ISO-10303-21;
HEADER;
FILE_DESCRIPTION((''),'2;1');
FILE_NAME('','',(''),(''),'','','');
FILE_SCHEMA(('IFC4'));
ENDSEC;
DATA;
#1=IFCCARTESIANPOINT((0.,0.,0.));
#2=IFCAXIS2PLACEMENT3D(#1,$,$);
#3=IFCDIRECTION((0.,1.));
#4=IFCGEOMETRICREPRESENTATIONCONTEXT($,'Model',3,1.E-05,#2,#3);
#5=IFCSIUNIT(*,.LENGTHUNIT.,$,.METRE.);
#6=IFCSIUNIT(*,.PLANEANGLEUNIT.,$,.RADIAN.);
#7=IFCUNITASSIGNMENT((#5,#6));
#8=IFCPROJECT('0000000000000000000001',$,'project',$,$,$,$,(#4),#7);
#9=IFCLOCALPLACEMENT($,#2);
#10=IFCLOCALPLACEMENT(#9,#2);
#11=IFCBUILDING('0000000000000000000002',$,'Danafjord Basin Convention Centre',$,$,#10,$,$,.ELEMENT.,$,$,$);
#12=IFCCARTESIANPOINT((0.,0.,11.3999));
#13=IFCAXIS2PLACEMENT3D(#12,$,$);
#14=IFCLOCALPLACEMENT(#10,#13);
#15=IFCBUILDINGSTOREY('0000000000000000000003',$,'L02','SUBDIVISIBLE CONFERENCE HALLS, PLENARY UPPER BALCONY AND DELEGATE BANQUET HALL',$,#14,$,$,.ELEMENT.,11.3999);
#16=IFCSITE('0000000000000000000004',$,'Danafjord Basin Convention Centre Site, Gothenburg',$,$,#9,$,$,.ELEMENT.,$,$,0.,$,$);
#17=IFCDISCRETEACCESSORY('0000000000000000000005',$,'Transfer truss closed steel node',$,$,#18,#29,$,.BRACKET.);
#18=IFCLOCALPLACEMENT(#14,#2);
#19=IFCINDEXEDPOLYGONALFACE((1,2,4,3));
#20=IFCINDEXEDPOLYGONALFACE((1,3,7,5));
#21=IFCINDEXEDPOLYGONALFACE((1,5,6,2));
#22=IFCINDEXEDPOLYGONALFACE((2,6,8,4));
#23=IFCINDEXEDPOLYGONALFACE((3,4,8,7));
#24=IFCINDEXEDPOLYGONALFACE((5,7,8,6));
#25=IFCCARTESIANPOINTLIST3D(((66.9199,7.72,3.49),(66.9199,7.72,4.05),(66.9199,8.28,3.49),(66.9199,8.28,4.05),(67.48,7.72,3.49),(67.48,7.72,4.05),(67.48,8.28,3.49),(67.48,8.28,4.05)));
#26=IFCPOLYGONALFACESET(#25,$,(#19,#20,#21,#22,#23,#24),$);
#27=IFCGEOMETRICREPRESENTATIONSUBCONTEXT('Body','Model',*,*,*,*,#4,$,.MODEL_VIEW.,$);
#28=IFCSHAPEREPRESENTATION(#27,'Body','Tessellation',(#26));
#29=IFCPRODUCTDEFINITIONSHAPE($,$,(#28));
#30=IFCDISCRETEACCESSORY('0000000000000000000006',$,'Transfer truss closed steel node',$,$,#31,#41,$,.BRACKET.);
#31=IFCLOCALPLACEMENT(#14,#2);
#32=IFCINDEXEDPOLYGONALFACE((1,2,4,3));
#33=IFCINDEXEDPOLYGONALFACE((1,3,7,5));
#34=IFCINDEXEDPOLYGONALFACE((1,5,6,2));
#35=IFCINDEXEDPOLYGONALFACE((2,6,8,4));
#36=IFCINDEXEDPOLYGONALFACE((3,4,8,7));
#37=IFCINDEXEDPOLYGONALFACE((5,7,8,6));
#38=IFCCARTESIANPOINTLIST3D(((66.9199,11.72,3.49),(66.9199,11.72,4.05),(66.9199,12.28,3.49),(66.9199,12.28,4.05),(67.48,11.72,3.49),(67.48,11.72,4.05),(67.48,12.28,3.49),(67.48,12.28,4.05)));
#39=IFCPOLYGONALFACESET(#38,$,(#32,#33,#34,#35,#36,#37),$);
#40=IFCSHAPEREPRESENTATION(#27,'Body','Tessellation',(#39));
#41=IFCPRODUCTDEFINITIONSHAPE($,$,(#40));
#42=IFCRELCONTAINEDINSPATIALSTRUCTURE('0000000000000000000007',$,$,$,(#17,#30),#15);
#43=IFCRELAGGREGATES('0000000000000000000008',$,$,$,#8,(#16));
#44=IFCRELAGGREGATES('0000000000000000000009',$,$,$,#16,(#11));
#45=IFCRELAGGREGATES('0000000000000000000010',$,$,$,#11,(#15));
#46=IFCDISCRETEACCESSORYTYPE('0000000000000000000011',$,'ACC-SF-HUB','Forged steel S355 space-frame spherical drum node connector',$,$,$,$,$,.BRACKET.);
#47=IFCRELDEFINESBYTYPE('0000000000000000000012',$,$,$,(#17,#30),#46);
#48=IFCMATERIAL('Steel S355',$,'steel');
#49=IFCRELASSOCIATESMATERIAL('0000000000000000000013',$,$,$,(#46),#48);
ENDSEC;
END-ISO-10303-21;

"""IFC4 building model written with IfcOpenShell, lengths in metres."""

from ifc_helpers import new_model, si_unit, direction, frame, origin, origin_2d, place, context, subcontext, project, spatial, rectangle, extrude, material, type_object, element, save


model = new_model("IFC4")

# Units and contexts
model_context = context("Model", 3, precision=1e-05, world=origin(), true_north=direction((0.0, 1.0)))
body_context = subcontext(model_context, "Body", "Model", "MODEL_VIEW")
ifc_project = project(units=[si_unit("LENGTHUNIT", "METRE"), si_unit("PLANEANGLEUNIT", "RADIAN")], contexts=[model_context])

# Site, building, storey
site_placement = place(None, origin())
site = spatial("IfcSite", under=ifc_project, at=site_placement, Name="Danafjord Basin Convention Centre Site, Gothenburg", CompositionType="ELEMENT", RefElevation=0.0)
building_placement = place(site_placement, origin())
building = spatial("IfcBuilding", under=site, at=building_placement, Name="Danafjord Basin Convention Centre", CompositionType="ELEMENT")
storey_placement = place(building_placement, frame((0.0, 0.0, 11.3999)))
storey = spatial("IfcBuildingStorey", under=building, at=storey_placement, Name="L02", Description="SUBDIVISIBLE CONFERENCE HALLS, PLENARY UPPER BALCONY AND DELEGATE BANQUET HALL", CompositionType="ELEMENT", Elevation=11.3999)

# Shared definitions
ifc_material_1 = material(Name="Steel S355", Category="steel")

# Discrete accessories
discrete_accessory_type = type_object("IfcDiscreteAccessoryType", Name="ACC-SF-HUB", Description="Forged steel S355 space-frame spherical drum node connector", PredefinedType="BRACKET", material=ifc_material_1)
for number, where, z_axis, x_axis, name in (
    (1, (67.2, 8.0, 3.49), (0.0, 0.0, 1.0), (1.0, 0.0, 0.0), "Transfer truss closed steel node"),
    (2, (67.2, 12.0, 3.49), (0.0, 0.0, 1.0), (1.0, 0.0, 0.0), "Transfer truss closed steel node"),
):
    element("IfcDiscreteAccessory", number, at=place(storey_placement, frame(where, z_axis=z_axis, x_axis=x_axis)), inside=storey, type_object=discrete_accessory_type, Name=name, PredefinedType="BRACKET", context=body_context, shape_type="SweptSolid", body=[
        extrude(rectangle(XDim=0.5601, YDim=0.5601, at=origin_2d()), origin(), (0.0, 0.0, 1.0), 0.5601),
    ])

save(model, "model.ifc")
